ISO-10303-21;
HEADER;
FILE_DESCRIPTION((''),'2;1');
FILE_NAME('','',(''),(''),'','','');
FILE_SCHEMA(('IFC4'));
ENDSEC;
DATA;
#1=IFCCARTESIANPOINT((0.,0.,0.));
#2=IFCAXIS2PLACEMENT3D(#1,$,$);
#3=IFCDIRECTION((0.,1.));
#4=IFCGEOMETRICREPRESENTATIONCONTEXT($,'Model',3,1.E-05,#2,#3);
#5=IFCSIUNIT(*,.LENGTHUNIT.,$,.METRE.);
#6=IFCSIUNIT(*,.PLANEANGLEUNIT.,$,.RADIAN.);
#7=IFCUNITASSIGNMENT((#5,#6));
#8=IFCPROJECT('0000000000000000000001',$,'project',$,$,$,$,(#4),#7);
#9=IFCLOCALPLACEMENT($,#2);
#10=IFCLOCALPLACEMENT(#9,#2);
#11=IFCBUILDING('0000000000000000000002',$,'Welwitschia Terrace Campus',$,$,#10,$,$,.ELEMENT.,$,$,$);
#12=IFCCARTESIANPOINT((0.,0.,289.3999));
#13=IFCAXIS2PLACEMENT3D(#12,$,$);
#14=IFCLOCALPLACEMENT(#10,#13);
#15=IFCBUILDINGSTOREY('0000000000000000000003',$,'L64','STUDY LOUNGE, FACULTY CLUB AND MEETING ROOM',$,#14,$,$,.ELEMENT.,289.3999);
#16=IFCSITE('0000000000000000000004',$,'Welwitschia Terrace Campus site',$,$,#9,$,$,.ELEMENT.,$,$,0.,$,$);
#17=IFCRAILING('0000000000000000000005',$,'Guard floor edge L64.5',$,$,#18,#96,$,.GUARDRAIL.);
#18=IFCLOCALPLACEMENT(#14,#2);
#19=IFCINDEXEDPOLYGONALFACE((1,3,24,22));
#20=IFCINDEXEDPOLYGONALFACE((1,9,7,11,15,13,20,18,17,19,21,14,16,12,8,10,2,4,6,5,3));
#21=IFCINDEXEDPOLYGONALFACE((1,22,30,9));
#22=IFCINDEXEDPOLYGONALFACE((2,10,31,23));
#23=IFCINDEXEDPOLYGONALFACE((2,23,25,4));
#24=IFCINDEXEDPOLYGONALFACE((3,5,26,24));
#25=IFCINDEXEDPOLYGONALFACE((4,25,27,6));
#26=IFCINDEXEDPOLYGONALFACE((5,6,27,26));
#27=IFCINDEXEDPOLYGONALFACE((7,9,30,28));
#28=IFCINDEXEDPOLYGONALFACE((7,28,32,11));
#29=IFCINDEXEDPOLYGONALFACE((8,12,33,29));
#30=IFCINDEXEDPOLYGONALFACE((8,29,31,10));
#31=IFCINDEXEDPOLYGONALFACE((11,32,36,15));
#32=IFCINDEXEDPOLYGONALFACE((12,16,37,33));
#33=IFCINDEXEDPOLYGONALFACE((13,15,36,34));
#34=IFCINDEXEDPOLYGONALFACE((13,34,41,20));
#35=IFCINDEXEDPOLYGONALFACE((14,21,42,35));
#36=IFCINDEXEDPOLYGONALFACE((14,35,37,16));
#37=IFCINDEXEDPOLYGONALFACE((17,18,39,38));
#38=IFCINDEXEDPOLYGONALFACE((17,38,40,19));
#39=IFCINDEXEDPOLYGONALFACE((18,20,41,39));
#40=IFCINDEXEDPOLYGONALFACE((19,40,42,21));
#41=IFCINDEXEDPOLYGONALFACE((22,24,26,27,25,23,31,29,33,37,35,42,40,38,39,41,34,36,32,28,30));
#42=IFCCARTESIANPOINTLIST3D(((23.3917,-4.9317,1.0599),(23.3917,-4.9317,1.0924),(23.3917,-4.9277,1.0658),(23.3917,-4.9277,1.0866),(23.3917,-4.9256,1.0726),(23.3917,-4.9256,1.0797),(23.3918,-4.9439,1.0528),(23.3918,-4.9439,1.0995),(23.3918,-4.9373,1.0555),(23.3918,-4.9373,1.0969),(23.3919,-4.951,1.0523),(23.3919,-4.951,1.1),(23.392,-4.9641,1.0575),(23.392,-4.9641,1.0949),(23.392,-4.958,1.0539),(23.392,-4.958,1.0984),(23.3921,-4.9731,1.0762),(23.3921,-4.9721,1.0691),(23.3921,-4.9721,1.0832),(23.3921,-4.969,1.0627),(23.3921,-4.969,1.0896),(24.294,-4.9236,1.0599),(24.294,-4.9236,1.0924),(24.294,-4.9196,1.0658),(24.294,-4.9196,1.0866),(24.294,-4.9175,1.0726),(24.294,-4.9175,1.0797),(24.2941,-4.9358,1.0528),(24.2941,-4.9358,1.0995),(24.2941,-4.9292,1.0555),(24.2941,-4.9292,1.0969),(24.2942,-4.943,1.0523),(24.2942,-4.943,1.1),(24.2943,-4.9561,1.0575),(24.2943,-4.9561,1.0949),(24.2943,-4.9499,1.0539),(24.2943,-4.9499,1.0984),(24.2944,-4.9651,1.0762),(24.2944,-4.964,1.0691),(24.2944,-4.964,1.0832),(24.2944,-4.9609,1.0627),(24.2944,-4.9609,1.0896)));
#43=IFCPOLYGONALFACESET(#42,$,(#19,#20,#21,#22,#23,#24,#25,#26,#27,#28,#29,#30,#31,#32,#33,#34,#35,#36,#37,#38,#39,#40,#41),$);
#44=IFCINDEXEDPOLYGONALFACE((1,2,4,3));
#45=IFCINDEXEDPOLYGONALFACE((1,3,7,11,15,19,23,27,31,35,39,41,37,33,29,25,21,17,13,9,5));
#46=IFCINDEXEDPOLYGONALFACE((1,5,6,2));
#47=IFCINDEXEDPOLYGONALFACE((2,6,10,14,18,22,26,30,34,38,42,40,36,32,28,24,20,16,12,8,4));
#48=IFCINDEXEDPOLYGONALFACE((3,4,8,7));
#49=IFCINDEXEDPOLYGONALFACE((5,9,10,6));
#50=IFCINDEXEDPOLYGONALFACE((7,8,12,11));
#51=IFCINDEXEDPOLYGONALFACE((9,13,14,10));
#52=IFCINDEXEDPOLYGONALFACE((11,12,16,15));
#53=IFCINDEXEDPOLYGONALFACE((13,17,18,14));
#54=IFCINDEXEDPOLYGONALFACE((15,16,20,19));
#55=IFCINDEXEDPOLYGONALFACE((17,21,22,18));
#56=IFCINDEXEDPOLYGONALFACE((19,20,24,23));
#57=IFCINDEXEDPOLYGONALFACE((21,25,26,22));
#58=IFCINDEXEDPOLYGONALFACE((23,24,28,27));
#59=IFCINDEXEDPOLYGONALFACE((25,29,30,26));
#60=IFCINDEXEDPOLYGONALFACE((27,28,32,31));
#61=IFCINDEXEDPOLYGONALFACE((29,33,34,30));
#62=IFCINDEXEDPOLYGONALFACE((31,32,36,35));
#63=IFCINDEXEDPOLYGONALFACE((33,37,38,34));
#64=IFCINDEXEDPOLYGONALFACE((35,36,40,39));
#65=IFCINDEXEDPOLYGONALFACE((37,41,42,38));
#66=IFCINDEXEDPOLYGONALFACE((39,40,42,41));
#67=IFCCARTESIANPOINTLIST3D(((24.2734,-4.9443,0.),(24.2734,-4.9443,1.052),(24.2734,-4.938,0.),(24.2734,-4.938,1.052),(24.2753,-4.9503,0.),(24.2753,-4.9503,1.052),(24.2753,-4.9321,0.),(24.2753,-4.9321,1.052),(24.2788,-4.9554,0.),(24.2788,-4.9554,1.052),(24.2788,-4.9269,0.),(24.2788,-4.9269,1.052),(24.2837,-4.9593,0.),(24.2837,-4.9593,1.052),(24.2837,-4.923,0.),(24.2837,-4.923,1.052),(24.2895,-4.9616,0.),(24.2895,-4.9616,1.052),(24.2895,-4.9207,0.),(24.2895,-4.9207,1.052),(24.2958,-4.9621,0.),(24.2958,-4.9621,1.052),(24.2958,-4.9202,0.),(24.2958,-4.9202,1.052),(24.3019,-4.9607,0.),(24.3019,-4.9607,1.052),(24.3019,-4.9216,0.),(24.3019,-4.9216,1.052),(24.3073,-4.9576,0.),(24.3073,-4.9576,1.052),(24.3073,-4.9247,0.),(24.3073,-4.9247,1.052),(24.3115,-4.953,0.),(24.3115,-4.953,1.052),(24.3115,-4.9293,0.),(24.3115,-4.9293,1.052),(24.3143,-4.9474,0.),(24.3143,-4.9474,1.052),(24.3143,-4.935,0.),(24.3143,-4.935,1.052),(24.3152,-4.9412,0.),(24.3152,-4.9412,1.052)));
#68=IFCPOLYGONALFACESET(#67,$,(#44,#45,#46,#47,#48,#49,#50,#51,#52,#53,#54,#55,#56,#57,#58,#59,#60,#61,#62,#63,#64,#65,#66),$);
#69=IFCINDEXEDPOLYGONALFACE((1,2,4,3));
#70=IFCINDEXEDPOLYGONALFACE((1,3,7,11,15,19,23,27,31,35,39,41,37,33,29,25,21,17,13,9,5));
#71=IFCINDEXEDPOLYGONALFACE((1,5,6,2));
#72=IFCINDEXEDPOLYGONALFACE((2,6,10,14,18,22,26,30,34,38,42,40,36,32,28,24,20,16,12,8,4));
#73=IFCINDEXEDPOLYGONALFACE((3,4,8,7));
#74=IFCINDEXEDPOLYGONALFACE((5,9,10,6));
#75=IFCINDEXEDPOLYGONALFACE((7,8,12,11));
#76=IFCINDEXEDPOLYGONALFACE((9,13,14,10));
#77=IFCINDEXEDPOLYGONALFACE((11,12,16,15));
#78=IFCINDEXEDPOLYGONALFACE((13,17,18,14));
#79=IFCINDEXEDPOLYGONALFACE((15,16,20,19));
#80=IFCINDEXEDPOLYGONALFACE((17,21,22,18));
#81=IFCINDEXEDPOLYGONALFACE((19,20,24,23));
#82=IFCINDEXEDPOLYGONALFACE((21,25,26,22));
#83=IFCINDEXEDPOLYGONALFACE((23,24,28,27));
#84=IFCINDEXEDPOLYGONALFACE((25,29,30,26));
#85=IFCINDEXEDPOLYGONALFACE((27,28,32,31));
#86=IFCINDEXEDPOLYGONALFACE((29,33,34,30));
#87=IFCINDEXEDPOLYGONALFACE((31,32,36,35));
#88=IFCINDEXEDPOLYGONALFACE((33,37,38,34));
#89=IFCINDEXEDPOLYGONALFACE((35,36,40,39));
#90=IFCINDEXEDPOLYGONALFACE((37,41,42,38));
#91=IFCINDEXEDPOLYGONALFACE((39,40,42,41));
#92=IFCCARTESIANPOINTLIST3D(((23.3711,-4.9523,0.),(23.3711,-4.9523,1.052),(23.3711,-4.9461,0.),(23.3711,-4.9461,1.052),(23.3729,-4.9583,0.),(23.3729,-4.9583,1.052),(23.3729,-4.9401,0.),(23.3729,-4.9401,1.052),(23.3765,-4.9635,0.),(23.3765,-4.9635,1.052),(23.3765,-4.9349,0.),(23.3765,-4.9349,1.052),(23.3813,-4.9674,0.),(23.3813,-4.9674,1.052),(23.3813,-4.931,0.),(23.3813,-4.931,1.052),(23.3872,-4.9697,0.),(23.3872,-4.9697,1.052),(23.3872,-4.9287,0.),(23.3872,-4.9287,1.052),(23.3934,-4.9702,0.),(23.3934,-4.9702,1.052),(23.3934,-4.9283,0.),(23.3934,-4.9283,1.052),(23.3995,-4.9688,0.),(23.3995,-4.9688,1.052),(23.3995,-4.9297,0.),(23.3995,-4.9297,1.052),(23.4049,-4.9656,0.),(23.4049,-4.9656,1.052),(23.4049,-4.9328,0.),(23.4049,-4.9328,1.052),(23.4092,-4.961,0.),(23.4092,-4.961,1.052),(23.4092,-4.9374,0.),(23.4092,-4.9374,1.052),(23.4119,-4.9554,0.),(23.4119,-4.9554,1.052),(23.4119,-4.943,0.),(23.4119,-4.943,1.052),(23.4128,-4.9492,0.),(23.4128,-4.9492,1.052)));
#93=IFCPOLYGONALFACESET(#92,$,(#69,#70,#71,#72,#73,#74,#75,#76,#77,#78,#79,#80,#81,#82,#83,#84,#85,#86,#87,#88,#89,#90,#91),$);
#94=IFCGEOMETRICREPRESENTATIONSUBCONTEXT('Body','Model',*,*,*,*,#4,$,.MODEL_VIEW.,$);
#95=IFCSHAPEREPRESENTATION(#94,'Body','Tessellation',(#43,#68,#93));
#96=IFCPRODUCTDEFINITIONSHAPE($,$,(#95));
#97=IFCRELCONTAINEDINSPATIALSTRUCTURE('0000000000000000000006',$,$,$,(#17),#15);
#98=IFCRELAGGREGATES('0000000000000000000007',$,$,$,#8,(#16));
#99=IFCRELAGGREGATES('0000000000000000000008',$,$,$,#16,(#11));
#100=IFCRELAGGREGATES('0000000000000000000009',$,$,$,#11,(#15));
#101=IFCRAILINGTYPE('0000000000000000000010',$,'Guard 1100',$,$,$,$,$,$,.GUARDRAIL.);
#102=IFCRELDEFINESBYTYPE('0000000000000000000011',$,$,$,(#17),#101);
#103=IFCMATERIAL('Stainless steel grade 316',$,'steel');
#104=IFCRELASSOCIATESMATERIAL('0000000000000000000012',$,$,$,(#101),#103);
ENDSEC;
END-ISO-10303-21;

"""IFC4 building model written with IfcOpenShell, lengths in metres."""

from ifc_helpers import new_model, si_unit, direction, frame, origin, origin_2d, place, context, subcontext, project, spatial, circle, extrude, material, type_object, element, save


model = new_model("IFC4")

# Units and contexts
model_context = context("Model", 3, precision=1e-05, world=origin(), true_north=direction((0.0, 1.0)))
body_context = subcontext(model_context, "Body", "Model", "MODEL_VIEW")
ifc_project = project(units=[si_unit("LENGTHUNIT", "METRE"), si_unit("PLANEANGLEUNIT", "RADIAN")], contexts=[model_context])

# Site, building, storey
site_placement = place(None, origin())
site = spatial("IfcSite", under=ifc_project, at=site_placement, Name="Welwitschia Terrace Campus site", CompositionType="ELEMENT", RefElevation=0.0)
building_placement = place(site_placement, origin())
building = spatial("IfcBuilding", under=site, at=building_placement, Name="Welwitschia Terrace Campus", CompositionType="ELEMENT")
storey_placement = place(building_placement, frame((0.0, 0.0, 289.3999)))
storey = spatial("IfcBuildingStorey", under=building, at=storey_placement, Name="L64", Description="STUDY LOUNGE, FACULTY CLUB AND MEETING ROOM", CompositionType="ELEMENT", Elevation=289.3999)

# Railing
ifc_material_1 = material(Name="Stainless steel grade 316", Category="steel")
railing_type = type_object("IfcRailingType", Name="Guard 1100", PredefinedType="GUARDRAIL", material=ifc_material_1)
railing_placement = place(storey_placement, frame((24.2942, -4.9412, 0.0)))
element("IfcRailing", 1, at=railing_placement, inside=storey, type_object=railing_type, Name="Guard floor edge L64.5", PredefinedType="GUARDRAIL", context=body_context, shape_type="SweptSolid", body=[
    extrude(circle(Radius=0.0239, at=origin_2d()), frame((0.0, 0.0, 1.0762), z_axis=(-0.99996, -0.008928, 0.0), x_axis=(0.008928, -0.99996, 0.0)), (0.0, 0.0, 1.0), 0.9023),
    extrude(circle(Radius=0.021, at=origin_2d()), origin(), (0.0, 0.0, 1.0), 1.052),
    extrude(circle(Radius=0.021, at=origin_2d()), frame((-0.9023, -0.0081, 0.0)), (0.0, 0.0, 1.0), 1.052),
])

save(model, "model.ifc")
